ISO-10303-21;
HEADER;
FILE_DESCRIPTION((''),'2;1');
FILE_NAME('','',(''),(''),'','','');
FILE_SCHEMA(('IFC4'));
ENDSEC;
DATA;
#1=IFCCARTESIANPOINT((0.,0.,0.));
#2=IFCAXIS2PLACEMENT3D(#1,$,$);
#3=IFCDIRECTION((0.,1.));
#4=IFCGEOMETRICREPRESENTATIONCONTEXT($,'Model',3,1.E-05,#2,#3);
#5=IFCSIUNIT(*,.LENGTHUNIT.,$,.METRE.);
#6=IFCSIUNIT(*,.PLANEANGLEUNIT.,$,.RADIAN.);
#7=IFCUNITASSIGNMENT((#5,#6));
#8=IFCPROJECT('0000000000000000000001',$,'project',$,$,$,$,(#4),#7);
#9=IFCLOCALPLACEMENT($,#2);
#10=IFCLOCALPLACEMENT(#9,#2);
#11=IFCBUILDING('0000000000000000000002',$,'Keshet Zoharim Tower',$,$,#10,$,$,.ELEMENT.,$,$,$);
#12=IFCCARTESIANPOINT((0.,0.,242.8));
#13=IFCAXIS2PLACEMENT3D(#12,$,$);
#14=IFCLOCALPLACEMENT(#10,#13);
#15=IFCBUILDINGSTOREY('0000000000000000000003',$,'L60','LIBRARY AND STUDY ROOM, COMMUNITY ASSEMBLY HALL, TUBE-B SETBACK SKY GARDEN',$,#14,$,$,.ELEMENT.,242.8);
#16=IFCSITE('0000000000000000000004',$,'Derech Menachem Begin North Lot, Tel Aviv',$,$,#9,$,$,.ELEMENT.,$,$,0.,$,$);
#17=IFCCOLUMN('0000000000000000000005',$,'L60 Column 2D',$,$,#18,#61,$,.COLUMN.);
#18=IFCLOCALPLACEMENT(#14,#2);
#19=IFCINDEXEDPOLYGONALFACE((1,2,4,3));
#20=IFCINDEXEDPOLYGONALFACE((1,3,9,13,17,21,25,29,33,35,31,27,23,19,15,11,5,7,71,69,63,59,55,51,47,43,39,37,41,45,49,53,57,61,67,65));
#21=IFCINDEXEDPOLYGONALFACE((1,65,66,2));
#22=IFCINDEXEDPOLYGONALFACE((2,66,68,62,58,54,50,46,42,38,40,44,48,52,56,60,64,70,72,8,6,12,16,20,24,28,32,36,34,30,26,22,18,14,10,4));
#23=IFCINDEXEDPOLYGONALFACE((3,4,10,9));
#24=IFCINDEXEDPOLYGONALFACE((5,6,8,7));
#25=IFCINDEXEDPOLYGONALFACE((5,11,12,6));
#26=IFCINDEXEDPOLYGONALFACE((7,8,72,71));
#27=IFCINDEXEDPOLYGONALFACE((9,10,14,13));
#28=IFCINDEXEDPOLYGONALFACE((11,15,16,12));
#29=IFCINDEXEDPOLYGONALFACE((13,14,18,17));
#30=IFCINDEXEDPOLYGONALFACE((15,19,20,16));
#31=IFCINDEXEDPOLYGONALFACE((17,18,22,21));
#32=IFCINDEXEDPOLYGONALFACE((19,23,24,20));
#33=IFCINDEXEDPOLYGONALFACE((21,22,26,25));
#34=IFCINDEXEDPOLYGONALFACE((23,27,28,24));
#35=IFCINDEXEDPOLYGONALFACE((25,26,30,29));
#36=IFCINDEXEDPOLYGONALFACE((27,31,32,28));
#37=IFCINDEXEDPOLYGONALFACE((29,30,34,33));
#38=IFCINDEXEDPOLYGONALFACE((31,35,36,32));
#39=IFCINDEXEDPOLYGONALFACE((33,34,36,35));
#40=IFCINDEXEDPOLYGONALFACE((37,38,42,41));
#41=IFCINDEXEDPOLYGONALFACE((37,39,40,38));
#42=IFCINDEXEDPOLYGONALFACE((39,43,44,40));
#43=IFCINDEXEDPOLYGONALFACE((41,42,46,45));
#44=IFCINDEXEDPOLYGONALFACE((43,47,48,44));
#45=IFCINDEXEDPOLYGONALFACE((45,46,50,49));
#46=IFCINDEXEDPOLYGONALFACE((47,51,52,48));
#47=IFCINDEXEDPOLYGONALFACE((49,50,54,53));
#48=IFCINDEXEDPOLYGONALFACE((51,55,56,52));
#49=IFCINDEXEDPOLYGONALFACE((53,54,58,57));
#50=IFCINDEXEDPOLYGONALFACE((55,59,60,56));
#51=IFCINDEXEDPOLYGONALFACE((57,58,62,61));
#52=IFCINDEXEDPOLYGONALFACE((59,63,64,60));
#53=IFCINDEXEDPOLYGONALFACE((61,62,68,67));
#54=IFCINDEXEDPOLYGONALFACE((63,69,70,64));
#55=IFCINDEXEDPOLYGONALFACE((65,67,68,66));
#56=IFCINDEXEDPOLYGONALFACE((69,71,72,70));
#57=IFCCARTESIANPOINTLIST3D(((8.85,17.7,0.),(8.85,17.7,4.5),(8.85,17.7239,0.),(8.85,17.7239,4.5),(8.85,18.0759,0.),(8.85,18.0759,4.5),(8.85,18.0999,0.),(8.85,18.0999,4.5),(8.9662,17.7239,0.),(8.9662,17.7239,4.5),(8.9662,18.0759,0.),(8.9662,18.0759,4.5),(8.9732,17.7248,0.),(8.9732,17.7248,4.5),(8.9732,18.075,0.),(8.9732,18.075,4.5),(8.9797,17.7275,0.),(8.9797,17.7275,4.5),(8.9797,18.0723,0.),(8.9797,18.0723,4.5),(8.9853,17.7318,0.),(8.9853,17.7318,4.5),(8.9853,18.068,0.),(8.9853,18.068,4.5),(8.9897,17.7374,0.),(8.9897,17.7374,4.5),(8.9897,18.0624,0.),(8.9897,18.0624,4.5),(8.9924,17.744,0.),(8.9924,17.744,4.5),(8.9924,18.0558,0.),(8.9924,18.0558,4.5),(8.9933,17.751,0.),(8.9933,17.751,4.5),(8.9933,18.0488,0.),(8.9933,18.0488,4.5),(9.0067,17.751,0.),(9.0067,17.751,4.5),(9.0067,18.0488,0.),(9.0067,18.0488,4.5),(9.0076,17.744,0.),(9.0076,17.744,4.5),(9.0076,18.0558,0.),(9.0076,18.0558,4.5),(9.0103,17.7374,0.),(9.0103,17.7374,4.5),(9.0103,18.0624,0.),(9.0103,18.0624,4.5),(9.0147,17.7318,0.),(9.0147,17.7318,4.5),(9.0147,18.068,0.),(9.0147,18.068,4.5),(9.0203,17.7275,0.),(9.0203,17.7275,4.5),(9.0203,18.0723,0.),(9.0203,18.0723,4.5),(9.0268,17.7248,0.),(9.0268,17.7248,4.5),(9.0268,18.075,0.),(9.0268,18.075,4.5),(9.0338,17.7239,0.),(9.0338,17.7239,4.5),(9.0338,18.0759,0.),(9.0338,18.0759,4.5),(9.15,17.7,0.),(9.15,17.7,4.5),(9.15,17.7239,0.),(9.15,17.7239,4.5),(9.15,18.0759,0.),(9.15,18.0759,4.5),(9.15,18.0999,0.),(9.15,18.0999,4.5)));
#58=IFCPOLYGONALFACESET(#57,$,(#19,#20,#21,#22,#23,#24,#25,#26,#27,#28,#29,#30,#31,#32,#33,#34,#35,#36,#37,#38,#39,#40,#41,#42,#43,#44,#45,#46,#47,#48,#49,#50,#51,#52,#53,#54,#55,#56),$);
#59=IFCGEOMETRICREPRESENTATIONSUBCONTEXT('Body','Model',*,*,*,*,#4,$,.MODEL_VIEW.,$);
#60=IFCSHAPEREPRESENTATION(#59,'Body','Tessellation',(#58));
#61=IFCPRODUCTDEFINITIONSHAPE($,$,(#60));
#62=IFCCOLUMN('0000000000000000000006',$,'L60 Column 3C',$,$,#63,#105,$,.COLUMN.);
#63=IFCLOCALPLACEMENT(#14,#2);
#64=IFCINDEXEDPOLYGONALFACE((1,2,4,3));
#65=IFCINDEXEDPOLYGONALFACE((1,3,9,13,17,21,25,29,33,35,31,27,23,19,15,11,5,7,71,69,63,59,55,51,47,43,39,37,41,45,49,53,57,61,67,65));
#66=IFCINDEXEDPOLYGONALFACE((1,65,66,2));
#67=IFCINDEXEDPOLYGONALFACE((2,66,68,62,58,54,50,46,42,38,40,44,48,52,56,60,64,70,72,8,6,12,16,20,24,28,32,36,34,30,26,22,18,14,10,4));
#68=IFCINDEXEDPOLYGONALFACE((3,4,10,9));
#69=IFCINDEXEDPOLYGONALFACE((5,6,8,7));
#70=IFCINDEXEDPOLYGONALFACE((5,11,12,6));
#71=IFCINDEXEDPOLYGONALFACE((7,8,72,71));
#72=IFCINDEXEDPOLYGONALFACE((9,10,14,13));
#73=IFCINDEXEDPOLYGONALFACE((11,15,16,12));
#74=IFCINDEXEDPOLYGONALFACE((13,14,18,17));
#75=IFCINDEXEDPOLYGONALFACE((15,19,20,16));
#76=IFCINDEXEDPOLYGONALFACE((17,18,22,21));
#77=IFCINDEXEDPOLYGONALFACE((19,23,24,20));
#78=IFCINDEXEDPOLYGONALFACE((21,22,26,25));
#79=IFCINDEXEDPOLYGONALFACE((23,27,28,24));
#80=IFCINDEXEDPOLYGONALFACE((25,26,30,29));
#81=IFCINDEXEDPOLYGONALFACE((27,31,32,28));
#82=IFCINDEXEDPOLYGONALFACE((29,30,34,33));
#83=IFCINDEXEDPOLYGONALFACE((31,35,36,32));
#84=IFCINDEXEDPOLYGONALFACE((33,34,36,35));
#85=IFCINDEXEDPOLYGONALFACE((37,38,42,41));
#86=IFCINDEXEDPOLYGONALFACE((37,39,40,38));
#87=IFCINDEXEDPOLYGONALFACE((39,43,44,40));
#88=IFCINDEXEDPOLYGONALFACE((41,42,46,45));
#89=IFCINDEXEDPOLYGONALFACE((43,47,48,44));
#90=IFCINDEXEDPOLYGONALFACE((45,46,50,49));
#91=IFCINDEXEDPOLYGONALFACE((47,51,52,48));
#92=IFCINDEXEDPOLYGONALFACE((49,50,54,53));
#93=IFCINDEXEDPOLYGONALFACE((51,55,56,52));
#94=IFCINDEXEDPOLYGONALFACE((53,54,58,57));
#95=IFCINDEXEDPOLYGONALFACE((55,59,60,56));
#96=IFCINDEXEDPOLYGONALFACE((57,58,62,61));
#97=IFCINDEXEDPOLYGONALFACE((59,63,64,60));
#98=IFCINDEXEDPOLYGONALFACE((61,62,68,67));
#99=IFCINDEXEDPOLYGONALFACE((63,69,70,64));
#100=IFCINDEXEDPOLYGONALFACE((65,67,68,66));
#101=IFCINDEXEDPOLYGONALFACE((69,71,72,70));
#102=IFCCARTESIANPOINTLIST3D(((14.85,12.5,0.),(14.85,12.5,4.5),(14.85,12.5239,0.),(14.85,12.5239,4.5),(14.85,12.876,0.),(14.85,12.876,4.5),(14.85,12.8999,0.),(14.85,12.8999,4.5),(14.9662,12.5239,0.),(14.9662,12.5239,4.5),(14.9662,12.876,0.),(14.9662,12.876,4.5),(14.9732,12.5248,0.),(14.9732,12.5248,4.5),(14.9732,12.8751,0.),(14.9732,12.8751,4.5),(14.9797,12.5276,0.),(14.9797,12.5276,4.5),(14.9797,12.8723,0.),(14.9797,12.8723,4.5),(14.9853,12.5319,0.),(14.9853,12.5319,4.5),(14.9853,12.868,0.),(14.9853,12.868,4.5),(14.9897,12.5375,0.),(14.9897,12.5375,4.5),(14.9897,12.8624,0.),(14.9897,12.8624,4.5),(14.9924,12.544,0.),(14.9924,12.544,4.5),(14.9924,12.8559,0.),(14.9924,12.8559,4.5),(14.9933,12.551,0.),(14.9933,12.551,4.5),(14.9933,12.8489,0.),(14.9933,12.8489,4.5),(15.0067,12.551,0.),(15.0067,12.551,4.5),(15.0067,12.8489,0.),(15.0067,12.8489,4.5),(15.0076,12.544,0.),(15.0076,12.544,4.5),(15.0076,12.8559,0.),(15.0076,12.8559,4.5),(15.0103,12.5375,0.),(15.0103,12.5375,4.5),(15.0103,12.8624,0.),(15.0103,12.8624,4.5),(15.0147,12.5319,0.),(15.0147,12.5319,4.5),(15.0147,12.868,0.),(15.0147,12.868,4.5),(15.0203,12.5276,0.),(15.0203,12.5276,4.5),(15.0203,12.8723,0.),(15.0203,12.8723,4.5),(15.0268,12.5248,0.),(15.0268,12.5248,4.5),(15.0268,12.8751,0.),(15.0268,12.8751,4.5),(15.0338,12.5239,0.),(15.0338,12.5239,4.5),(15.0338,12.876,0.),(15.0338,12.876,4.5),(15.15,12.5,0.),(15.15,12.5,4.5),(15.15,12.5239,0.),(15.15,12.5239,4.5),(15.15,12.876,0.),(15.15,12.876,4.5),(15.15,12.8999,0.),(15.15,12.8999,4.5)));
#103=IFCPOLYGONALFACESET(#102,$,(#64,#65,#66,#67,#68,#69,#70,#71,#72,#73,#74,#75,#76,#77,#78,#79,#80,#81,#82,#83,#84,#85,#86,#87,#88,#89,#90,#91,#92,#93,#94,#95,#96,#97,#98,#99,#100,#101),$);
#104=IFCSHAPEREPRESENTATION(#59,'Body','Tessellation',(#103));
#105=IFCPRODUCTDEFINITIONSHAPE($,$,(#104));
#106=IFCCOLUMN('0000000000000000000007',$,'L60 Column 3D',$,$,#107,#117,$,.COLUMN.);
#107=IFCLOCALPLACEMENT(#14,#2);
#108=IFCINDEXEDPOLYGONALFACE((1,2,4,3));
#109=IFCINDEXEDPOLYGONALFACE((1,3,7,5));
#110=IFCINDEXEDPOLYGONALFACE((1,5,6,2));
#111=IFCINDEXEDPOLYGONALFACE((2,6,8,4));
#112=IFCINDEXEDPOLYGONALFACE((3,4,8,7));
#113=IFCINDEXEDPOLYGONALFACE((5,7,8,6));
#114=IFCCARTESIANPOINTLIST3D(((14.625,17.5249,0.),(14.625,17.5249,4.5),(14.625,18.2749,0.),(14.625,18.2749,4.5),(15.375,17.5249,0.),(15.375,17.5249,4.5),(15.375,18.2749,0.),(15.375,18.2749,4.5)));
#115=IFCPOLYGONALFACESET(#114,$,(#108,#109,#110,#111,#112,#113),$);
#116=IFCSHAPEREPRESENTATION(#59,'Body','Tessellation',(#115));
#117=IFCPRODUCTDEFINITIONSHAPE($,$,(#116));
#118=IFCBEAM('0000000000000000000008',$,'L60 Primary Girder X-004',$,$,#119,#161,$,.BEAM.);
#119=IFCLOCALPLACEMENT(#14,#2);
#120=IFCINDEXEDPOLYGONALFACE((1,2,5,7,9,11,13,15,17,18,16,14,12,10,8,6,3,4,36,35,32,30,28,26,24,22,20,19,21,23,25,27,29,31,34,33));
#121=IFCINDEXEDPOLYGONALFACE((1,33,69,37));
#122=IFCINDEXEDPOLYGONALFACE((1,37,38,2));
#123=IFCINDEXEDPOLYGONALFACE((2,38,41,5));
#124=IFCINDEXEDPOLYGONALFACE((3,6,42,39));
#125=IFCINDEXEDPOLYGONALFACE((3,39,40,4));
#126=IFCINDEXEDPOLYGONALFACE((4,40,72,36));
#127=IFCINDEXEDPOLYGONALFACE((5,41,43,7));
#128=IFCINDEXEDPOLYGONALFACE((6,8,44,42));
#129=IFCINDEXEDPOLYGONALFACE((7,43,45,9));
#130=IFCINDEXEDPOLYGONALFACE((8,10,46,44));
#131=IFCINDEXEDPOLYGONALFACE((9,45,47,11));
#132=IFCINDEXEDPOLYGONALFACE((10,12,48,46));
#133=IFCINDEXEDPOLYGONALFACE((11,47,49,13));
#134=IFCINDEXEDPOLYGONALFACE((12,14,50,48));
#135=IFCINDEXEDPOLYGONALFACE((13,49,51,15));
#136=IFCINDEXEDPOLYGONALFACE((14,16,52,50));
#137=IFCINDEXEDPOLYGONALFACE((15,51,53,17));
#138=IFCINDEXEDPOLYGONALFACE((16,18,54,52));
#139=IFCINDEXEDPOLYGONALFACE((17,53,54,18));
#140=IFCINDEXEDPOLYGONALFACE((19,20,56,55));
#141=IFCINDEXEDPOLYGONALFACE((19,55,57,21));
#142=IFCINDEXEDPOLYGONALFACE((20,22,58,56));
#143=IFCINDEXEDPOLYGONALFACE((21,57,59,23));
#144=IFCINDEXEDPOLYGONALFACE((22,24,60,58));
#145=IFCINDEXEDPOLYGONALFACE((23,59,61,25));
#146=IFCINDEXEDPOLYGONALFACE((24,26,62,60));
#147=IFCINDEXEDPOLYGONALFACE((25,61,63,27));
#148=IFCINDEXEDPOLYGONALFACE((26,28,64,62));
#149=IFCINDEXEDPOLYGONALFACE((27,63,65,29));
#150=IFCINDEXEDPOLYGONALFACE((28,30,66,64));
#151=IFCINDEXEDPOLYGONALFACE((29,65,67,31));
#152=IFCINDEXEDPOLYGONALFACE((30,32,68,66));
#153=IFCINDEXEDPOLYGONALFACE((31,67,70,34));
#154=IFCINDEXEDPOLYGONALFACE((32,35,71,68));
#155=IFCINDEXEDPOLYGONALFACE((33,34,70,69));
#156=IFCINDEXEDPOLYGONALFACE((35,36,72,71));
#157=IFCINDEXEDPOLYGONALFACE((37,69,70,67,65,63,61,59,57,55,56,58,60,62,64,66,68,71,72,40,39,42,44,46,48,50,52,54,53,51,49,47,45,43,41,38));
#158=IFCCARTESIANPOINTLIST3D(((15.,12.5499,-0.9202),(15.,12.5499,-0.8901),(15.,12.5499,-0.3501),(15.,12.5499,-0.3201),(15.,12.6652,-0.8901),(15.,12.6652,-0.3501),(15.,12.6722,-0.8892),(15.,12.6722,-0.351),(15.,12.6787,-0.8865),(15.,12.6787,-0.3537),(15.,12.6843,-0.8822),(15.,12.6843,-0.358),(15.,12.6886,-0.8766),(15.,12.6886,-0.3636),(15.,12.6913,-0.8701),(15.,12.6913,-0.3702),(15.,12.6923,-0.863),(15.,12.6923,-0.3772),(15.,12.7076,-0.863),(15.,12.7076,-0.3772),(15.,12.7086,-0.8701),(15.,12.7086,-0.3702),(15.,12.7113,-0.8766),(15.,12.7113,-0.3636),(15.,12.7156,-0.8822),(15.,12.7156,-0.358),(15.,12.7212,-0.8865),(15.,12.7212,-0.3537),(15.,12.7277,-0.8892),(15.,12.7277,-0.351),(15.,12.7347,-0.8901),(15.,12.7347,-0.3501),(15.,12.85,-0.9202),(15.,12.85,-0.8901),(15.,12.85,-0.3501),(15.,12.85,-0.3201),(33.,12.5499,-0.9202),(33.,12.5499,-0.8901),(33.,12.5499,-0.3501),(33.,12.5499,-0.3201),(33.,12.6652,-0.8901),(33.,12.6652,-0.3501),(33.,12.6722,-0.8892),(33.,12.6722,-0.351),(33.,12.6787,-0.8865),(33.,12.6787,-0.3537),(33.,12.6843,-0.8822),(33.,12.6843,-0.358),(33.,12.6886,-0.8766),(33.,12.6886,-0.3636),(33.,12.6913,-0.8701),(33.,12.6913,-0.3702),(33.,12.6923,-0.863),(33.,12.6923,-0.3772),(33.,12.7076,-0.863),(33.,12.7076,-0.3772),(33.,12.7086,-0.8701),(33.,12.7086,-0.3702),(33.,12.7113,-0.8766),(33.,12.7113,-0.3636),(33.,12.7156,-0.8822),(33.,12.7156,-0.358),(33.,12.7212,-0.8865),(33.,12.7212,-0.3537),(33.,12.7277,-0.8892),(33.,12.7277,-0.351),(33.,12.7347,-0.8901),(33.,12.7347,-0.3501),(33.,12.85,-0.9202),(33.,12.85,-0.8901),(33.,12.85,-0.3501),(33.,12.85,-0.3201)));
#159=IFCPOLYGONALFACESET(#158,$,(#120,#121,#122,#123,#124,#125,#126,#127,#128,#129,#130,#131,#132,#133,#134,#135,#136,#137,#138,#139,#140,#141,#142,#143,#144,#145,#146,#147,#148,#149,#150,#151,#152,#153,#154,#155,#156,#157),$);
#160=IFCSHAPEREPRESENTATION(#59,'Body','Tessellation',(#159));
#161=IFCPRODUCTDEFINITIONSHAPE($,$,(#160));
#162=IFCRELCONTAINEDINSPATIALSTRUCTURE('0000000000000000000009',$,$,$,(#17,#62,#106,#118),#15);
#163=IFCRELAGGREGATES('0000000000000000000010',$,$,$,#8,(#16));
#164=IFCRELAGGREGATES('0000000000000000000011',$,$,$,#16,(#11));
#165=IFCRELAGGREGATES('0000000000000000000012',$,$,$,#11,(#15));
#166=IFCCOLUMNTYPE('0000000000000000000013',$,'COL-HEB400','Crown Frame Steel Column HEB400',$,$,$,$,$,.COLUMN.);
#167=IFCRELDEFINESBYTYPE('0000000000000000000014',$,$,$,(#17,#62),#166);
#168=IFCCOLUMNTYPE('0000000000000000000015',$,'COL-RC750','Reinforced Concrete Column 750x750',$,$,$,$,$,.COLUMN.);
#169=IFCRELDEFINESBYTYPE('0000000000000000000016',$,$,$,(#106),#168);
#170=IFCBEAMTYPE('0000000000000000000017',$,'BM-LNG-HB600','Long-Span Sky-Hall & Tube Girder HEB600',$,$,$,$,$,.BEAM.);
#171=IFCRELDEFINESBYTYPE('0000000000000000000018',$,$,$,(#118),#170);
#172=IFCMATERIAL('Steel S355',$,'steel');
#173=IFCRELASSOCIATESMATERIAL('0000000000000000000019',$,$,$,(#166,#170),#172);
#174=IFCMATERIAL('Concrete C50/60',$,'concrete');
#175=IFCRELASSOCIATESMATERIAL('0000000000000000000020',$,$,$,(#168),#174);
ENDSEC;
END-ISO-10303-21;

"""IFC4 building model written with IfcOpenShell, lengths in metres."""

from ifc_helpers import new_model, si_unit, direction, frame, origin, origin_2d, place, context, subcontext, project, spatial, rectangle, i_section, extrude, material, material_profile, profile_set, type_object, element, save


model = new_model("IFC4")

# Units and contexts
model_context = context("Model", 3, precision=1e-05, world=origin(), true_north=direction((0.0, 1.0)))
body_context = subcontext(model_context, "Body", "Model", "MODEL_VIEW")
ifc_project = project(units=[si_unit("LENGTHUNIT", "METRE"), si_unit("PLANEANGLEUNIT", "RADIAN")], contexts=[model_context])

# Site, building, storey
site_placement = place(None, origin())
site = spatial("IfcSite", under=ifc_project, at=site_placement, Name="Derech Menachem Begin North Lot, Tel Aviv", CompositionType="ELEMENT", RefElevation=0.0)
building_placement = place(site_placement, origin())
building = spatial("IfcBuilding", under=site, at=building_placement, Name="Keshet Zoharim Tower", CompositionType="ELEMENT")
storey_placement = place(building_placement, frame((0.0, 0.0, 242.8)))
storey = spatial("IfcBuildingStorey", under=building, at=storey_placement, Name="L60", Description="LIBRARY AND STUDY ROOM, COMMUNITY ASSEMBLY HALL, TUBE-B SETBACK SKY GARDEN", CompositionType="ELEMENT", Elevation=242.8)

# Columns
ifc_material_1 = material(Name="Steel S355", Category="steel")
ifc_material_profile_1 = material_profile(ifc_material_1, i_section(OverallWidth=0.3, OverallDepth=0.3999, WebThickness=0.0134, FlangeThickness=0.0239, FilletRadius=0.0271, at=origin_2d()), Name="HEB400")
ifc_profile_set_1 = profile_set([ifc_material_profile_1], Name="Steel S355")
column_type_1 = type_object("IfcColumnType", Name="COL-HEB400", Description="Crown Frame Steel Column HEB400", PredefinedType="COLUMN", material=ifc_profile_set_1)
for number, where, z_axis, x_axis, name in (
    (1, (9.0, 17.8999, 0.0), (0.0, 0.0, 1.0), (1.0, 0.0, 0.0), "L60 Column 2D"),
    (2, (15.0, 12.7, 0.0), (0.0, 0.0, 1.0), (1.0, 0.0, 0.0), "L60 Column 3C"),
):
    element("IfcColumn", number, at=place(storey_placement, frame(where, z_axis=z_axis, x_axis=x_axis)), inside=storey, type_object=column_type_1, Name=name, PredefinedType="COLUMN", context=body_context, shape_type="SweptSolid", body=[
        extrude(i_section(OverallWidth=0.3, OverallDepth=0.3999, WebThickness=0.0134, FlangeThickness=0.0239, FilletRadius=0.0271, at=origin_2d()), origin(), (0.0, 0.0, 1.0), 4.5),
    ])
ifc_material_2 = material(Name="Concrete C50/60", Category="concrete")
ifc_material_profile_2 = material_profile(ifc_material_2, rectangle(XDim=0.75, YDim=0.75, at=origin_2d()), Name="RC750x750")
ifc_profile_set_2 = profile_set([ifc_material_profile_2], Name="Concrete C50/60")
column_type_2 = type_object("IfcColumnType", Name="COL-RC750", Description="Reinforced Concrete Column 750x750", PredefinedType="COLUMN", material=ifc_profile_set_2)
column_placement = place(storey_placement, frame((15.0, 17.8999, 0.0), z_axis=(0.0, 0.0, 1.0), x_axis=(1.0, 0.0, 0.0)))
element("IfcColumn", 3, at=column_placement, inside=storey, type_object=column_type_2, Name="L60 Column 3D", PredefinedType="COLUMN", context=body_context, shape_type="SweptSolid", body=[
    extrude(rectangle(XDim=0.75, YDim=0.75, at=origin_2d()), origin(), (0.0, 0.0, 1.0), 4.5),
])

# Beam
ifc_material_profile_3 = material_profile(ifc_material_1, i_section(OverallWidth=0.3, OverallDepth=0.6001, WebThickness=0.0154, FlangeThickness=0.03, FilletRadius=0.0271, at=origin_2d()), Name="HEB600")
ifc_profile_set_3 = profile_set([ifc_material_profile_3], Name="Steel S355")
beam_type_1 = type_object("IfcBeamType", Name="BM-LNG-HB600", Description="Long-Span Sky-Hall & Tube Girder HEB600", PredefinedType="BEAM", material=ifc_profile_set_3)
for number, where, z_axis, x_axis, name in (
    (4, (15.0, 12.7, -0.6201), (1.0, 0.0, 0.0), (0.0, 1.0, 0.0), "L60 Primary Girder X-004"),
):
    element("IfcBeam", number, at=place(storey_placement, frame(where, z_axis=z_axis, x_axis=x_axis)), inside=storey, type_object=beam_type_1, Name=name, PredefinedType="BEAM", context=body_context, shape_type="SweptSolid", body=[
        extrude(i_section(OverallWidth=0.3, OverallDepth=0.6001, WebThickness=0.0154, FlangeThickness=0.03, FilletRadius=0.0271, at=origin_2d()), origin(), (0.0, 0.0, 1.0), 18.0),
    ])

save(model, "model.ifc")
